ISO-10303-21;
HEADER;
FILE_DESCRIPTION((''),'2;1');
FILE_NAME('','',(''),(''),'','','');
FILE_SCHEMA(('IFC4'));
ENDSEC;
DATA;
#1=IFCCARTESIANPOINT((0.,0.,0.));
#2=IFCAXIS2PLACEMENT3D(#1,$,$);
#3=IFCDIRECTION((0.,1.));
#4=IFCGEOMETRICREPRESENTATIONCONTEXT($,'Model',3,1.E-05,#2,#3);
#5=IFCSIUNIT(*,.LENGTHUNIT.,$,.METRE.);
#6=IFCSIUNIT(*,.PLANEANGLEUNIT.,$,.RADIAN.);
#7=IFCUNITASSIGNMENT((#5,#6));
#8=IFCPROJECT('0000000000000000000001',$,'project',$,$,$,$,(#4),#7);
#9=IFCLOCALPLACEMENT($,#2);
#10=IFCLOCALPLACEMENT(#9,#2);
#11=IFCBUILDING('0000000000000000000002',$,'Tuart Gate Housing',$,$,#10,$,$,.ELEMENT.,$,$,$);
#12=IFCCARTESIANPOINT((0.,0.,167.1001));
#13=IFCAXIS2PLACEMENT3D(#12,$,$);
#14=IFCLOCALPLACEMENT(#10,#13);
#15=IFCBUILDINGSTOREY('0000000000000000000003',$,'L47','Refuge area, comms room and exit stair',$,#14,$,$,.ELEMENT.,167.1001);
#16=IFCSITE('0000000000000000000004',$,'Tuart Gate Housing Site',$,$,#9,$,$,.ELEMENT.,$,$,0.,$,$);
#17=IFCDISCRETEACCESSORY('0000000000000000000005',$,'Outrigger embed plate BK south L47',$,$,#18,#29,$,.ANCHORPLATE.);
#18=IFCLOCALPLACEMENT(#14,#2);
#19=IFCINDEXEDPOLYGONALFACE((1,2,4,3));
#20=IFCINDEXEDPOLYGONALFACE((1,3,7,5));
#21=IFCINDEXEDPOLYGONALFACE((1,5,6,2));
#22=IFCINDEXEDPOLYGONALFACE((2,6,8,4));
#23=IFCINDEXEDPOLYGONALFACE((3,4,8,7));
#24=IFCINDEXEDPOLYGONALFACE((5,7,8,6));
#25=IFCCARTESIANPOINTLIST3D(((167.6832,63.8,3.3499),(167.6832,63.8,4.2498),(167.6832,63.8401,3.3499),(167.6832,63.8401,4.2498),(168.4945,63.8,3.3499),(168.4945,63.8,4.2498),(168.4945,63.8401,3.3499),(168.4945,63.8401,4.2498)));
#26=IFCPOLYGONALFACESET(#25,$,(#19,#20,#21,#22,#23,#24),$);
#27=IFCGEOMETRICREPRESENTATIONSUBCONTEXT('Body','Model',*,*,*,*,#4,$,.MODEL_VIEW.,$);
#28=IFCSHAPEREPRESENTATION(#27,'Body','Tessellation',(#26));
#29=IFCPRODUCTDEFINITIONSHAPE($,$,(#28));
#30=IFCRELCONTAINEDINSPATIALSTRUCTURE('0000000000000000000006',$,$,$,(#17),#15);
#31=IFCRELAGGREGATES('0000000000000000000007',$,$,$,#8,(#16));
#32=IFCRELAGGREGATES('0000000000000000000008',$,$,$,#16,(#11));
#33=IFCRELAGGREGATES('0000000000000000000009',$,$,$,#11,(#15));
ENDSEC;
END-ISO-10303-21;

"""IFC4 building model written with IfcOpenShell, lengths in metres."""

from ifc_helpers import new_model, si_unit, direction, frame, origin, origin_2d, place, context, subcontext, project, spatial, rectangle, extrude, element, save


model = new_model("IFC4")

# Units and contexts
model_context = context("Model", 3, precision=1e-05, world=origin(), true_north=direction((0.0, 1.0)))
body_context = subcontext(model_context, "Body", "Model", "MODEL_VIEW")
ifc_project = project(units=[si_unit("LENGTHUNIT", "METRE"), si_unit("PLANEANGLEUNIT", "RADIAN")], contexts=[model_context])

# Site, building, storey
site_placement = place(None, origin())
site = spatial("IfcSite", under=ifc_project, at=site_placement, Name="Tuart Gate Housing Site", CompositionType="ELEMENT", RefElevation=0.0)
building_placement = place(site_placement, origin())
building = spatial("IfcBuilding", under=site, at=building_placement, Name="Tuart Gate Housing", CompositionType="ELEMENT")
storey_placement = place(building_placement, frame((0.0, 0.0, 167.1001)))
storey = spatial("IfcBuildingStorey", under=building, at=storey_placement, Name="L47", Description="Refuge area, comms room and exit stair", CompositionType="ELEMENT", Elevation=167.1001)

# Discrete accessory
discrete_accessory_1_placement = place(storey_placement, frame((168.0889, 63.8201, 3.3499), z_axis=(0.0, 0.0, 1.0), x_axis=(1.0, 0.0, 0.0)))
element("IfcDiscreteAccessory", 1, at=discrete_accessory_1_placement, inside=storey, Name="Outrigger embed plate BK south L47", PredefinedType="ANCHORPLATE", context=body_context, shape_type="SweptSolid", body=[
    extrude(rectangle(XDim=0.8113, YDim=0.04, at=origin_2d()), origin(), (0.0, 0.0, 1.0), 0.8999),
])

save(model, "model.ifc")
